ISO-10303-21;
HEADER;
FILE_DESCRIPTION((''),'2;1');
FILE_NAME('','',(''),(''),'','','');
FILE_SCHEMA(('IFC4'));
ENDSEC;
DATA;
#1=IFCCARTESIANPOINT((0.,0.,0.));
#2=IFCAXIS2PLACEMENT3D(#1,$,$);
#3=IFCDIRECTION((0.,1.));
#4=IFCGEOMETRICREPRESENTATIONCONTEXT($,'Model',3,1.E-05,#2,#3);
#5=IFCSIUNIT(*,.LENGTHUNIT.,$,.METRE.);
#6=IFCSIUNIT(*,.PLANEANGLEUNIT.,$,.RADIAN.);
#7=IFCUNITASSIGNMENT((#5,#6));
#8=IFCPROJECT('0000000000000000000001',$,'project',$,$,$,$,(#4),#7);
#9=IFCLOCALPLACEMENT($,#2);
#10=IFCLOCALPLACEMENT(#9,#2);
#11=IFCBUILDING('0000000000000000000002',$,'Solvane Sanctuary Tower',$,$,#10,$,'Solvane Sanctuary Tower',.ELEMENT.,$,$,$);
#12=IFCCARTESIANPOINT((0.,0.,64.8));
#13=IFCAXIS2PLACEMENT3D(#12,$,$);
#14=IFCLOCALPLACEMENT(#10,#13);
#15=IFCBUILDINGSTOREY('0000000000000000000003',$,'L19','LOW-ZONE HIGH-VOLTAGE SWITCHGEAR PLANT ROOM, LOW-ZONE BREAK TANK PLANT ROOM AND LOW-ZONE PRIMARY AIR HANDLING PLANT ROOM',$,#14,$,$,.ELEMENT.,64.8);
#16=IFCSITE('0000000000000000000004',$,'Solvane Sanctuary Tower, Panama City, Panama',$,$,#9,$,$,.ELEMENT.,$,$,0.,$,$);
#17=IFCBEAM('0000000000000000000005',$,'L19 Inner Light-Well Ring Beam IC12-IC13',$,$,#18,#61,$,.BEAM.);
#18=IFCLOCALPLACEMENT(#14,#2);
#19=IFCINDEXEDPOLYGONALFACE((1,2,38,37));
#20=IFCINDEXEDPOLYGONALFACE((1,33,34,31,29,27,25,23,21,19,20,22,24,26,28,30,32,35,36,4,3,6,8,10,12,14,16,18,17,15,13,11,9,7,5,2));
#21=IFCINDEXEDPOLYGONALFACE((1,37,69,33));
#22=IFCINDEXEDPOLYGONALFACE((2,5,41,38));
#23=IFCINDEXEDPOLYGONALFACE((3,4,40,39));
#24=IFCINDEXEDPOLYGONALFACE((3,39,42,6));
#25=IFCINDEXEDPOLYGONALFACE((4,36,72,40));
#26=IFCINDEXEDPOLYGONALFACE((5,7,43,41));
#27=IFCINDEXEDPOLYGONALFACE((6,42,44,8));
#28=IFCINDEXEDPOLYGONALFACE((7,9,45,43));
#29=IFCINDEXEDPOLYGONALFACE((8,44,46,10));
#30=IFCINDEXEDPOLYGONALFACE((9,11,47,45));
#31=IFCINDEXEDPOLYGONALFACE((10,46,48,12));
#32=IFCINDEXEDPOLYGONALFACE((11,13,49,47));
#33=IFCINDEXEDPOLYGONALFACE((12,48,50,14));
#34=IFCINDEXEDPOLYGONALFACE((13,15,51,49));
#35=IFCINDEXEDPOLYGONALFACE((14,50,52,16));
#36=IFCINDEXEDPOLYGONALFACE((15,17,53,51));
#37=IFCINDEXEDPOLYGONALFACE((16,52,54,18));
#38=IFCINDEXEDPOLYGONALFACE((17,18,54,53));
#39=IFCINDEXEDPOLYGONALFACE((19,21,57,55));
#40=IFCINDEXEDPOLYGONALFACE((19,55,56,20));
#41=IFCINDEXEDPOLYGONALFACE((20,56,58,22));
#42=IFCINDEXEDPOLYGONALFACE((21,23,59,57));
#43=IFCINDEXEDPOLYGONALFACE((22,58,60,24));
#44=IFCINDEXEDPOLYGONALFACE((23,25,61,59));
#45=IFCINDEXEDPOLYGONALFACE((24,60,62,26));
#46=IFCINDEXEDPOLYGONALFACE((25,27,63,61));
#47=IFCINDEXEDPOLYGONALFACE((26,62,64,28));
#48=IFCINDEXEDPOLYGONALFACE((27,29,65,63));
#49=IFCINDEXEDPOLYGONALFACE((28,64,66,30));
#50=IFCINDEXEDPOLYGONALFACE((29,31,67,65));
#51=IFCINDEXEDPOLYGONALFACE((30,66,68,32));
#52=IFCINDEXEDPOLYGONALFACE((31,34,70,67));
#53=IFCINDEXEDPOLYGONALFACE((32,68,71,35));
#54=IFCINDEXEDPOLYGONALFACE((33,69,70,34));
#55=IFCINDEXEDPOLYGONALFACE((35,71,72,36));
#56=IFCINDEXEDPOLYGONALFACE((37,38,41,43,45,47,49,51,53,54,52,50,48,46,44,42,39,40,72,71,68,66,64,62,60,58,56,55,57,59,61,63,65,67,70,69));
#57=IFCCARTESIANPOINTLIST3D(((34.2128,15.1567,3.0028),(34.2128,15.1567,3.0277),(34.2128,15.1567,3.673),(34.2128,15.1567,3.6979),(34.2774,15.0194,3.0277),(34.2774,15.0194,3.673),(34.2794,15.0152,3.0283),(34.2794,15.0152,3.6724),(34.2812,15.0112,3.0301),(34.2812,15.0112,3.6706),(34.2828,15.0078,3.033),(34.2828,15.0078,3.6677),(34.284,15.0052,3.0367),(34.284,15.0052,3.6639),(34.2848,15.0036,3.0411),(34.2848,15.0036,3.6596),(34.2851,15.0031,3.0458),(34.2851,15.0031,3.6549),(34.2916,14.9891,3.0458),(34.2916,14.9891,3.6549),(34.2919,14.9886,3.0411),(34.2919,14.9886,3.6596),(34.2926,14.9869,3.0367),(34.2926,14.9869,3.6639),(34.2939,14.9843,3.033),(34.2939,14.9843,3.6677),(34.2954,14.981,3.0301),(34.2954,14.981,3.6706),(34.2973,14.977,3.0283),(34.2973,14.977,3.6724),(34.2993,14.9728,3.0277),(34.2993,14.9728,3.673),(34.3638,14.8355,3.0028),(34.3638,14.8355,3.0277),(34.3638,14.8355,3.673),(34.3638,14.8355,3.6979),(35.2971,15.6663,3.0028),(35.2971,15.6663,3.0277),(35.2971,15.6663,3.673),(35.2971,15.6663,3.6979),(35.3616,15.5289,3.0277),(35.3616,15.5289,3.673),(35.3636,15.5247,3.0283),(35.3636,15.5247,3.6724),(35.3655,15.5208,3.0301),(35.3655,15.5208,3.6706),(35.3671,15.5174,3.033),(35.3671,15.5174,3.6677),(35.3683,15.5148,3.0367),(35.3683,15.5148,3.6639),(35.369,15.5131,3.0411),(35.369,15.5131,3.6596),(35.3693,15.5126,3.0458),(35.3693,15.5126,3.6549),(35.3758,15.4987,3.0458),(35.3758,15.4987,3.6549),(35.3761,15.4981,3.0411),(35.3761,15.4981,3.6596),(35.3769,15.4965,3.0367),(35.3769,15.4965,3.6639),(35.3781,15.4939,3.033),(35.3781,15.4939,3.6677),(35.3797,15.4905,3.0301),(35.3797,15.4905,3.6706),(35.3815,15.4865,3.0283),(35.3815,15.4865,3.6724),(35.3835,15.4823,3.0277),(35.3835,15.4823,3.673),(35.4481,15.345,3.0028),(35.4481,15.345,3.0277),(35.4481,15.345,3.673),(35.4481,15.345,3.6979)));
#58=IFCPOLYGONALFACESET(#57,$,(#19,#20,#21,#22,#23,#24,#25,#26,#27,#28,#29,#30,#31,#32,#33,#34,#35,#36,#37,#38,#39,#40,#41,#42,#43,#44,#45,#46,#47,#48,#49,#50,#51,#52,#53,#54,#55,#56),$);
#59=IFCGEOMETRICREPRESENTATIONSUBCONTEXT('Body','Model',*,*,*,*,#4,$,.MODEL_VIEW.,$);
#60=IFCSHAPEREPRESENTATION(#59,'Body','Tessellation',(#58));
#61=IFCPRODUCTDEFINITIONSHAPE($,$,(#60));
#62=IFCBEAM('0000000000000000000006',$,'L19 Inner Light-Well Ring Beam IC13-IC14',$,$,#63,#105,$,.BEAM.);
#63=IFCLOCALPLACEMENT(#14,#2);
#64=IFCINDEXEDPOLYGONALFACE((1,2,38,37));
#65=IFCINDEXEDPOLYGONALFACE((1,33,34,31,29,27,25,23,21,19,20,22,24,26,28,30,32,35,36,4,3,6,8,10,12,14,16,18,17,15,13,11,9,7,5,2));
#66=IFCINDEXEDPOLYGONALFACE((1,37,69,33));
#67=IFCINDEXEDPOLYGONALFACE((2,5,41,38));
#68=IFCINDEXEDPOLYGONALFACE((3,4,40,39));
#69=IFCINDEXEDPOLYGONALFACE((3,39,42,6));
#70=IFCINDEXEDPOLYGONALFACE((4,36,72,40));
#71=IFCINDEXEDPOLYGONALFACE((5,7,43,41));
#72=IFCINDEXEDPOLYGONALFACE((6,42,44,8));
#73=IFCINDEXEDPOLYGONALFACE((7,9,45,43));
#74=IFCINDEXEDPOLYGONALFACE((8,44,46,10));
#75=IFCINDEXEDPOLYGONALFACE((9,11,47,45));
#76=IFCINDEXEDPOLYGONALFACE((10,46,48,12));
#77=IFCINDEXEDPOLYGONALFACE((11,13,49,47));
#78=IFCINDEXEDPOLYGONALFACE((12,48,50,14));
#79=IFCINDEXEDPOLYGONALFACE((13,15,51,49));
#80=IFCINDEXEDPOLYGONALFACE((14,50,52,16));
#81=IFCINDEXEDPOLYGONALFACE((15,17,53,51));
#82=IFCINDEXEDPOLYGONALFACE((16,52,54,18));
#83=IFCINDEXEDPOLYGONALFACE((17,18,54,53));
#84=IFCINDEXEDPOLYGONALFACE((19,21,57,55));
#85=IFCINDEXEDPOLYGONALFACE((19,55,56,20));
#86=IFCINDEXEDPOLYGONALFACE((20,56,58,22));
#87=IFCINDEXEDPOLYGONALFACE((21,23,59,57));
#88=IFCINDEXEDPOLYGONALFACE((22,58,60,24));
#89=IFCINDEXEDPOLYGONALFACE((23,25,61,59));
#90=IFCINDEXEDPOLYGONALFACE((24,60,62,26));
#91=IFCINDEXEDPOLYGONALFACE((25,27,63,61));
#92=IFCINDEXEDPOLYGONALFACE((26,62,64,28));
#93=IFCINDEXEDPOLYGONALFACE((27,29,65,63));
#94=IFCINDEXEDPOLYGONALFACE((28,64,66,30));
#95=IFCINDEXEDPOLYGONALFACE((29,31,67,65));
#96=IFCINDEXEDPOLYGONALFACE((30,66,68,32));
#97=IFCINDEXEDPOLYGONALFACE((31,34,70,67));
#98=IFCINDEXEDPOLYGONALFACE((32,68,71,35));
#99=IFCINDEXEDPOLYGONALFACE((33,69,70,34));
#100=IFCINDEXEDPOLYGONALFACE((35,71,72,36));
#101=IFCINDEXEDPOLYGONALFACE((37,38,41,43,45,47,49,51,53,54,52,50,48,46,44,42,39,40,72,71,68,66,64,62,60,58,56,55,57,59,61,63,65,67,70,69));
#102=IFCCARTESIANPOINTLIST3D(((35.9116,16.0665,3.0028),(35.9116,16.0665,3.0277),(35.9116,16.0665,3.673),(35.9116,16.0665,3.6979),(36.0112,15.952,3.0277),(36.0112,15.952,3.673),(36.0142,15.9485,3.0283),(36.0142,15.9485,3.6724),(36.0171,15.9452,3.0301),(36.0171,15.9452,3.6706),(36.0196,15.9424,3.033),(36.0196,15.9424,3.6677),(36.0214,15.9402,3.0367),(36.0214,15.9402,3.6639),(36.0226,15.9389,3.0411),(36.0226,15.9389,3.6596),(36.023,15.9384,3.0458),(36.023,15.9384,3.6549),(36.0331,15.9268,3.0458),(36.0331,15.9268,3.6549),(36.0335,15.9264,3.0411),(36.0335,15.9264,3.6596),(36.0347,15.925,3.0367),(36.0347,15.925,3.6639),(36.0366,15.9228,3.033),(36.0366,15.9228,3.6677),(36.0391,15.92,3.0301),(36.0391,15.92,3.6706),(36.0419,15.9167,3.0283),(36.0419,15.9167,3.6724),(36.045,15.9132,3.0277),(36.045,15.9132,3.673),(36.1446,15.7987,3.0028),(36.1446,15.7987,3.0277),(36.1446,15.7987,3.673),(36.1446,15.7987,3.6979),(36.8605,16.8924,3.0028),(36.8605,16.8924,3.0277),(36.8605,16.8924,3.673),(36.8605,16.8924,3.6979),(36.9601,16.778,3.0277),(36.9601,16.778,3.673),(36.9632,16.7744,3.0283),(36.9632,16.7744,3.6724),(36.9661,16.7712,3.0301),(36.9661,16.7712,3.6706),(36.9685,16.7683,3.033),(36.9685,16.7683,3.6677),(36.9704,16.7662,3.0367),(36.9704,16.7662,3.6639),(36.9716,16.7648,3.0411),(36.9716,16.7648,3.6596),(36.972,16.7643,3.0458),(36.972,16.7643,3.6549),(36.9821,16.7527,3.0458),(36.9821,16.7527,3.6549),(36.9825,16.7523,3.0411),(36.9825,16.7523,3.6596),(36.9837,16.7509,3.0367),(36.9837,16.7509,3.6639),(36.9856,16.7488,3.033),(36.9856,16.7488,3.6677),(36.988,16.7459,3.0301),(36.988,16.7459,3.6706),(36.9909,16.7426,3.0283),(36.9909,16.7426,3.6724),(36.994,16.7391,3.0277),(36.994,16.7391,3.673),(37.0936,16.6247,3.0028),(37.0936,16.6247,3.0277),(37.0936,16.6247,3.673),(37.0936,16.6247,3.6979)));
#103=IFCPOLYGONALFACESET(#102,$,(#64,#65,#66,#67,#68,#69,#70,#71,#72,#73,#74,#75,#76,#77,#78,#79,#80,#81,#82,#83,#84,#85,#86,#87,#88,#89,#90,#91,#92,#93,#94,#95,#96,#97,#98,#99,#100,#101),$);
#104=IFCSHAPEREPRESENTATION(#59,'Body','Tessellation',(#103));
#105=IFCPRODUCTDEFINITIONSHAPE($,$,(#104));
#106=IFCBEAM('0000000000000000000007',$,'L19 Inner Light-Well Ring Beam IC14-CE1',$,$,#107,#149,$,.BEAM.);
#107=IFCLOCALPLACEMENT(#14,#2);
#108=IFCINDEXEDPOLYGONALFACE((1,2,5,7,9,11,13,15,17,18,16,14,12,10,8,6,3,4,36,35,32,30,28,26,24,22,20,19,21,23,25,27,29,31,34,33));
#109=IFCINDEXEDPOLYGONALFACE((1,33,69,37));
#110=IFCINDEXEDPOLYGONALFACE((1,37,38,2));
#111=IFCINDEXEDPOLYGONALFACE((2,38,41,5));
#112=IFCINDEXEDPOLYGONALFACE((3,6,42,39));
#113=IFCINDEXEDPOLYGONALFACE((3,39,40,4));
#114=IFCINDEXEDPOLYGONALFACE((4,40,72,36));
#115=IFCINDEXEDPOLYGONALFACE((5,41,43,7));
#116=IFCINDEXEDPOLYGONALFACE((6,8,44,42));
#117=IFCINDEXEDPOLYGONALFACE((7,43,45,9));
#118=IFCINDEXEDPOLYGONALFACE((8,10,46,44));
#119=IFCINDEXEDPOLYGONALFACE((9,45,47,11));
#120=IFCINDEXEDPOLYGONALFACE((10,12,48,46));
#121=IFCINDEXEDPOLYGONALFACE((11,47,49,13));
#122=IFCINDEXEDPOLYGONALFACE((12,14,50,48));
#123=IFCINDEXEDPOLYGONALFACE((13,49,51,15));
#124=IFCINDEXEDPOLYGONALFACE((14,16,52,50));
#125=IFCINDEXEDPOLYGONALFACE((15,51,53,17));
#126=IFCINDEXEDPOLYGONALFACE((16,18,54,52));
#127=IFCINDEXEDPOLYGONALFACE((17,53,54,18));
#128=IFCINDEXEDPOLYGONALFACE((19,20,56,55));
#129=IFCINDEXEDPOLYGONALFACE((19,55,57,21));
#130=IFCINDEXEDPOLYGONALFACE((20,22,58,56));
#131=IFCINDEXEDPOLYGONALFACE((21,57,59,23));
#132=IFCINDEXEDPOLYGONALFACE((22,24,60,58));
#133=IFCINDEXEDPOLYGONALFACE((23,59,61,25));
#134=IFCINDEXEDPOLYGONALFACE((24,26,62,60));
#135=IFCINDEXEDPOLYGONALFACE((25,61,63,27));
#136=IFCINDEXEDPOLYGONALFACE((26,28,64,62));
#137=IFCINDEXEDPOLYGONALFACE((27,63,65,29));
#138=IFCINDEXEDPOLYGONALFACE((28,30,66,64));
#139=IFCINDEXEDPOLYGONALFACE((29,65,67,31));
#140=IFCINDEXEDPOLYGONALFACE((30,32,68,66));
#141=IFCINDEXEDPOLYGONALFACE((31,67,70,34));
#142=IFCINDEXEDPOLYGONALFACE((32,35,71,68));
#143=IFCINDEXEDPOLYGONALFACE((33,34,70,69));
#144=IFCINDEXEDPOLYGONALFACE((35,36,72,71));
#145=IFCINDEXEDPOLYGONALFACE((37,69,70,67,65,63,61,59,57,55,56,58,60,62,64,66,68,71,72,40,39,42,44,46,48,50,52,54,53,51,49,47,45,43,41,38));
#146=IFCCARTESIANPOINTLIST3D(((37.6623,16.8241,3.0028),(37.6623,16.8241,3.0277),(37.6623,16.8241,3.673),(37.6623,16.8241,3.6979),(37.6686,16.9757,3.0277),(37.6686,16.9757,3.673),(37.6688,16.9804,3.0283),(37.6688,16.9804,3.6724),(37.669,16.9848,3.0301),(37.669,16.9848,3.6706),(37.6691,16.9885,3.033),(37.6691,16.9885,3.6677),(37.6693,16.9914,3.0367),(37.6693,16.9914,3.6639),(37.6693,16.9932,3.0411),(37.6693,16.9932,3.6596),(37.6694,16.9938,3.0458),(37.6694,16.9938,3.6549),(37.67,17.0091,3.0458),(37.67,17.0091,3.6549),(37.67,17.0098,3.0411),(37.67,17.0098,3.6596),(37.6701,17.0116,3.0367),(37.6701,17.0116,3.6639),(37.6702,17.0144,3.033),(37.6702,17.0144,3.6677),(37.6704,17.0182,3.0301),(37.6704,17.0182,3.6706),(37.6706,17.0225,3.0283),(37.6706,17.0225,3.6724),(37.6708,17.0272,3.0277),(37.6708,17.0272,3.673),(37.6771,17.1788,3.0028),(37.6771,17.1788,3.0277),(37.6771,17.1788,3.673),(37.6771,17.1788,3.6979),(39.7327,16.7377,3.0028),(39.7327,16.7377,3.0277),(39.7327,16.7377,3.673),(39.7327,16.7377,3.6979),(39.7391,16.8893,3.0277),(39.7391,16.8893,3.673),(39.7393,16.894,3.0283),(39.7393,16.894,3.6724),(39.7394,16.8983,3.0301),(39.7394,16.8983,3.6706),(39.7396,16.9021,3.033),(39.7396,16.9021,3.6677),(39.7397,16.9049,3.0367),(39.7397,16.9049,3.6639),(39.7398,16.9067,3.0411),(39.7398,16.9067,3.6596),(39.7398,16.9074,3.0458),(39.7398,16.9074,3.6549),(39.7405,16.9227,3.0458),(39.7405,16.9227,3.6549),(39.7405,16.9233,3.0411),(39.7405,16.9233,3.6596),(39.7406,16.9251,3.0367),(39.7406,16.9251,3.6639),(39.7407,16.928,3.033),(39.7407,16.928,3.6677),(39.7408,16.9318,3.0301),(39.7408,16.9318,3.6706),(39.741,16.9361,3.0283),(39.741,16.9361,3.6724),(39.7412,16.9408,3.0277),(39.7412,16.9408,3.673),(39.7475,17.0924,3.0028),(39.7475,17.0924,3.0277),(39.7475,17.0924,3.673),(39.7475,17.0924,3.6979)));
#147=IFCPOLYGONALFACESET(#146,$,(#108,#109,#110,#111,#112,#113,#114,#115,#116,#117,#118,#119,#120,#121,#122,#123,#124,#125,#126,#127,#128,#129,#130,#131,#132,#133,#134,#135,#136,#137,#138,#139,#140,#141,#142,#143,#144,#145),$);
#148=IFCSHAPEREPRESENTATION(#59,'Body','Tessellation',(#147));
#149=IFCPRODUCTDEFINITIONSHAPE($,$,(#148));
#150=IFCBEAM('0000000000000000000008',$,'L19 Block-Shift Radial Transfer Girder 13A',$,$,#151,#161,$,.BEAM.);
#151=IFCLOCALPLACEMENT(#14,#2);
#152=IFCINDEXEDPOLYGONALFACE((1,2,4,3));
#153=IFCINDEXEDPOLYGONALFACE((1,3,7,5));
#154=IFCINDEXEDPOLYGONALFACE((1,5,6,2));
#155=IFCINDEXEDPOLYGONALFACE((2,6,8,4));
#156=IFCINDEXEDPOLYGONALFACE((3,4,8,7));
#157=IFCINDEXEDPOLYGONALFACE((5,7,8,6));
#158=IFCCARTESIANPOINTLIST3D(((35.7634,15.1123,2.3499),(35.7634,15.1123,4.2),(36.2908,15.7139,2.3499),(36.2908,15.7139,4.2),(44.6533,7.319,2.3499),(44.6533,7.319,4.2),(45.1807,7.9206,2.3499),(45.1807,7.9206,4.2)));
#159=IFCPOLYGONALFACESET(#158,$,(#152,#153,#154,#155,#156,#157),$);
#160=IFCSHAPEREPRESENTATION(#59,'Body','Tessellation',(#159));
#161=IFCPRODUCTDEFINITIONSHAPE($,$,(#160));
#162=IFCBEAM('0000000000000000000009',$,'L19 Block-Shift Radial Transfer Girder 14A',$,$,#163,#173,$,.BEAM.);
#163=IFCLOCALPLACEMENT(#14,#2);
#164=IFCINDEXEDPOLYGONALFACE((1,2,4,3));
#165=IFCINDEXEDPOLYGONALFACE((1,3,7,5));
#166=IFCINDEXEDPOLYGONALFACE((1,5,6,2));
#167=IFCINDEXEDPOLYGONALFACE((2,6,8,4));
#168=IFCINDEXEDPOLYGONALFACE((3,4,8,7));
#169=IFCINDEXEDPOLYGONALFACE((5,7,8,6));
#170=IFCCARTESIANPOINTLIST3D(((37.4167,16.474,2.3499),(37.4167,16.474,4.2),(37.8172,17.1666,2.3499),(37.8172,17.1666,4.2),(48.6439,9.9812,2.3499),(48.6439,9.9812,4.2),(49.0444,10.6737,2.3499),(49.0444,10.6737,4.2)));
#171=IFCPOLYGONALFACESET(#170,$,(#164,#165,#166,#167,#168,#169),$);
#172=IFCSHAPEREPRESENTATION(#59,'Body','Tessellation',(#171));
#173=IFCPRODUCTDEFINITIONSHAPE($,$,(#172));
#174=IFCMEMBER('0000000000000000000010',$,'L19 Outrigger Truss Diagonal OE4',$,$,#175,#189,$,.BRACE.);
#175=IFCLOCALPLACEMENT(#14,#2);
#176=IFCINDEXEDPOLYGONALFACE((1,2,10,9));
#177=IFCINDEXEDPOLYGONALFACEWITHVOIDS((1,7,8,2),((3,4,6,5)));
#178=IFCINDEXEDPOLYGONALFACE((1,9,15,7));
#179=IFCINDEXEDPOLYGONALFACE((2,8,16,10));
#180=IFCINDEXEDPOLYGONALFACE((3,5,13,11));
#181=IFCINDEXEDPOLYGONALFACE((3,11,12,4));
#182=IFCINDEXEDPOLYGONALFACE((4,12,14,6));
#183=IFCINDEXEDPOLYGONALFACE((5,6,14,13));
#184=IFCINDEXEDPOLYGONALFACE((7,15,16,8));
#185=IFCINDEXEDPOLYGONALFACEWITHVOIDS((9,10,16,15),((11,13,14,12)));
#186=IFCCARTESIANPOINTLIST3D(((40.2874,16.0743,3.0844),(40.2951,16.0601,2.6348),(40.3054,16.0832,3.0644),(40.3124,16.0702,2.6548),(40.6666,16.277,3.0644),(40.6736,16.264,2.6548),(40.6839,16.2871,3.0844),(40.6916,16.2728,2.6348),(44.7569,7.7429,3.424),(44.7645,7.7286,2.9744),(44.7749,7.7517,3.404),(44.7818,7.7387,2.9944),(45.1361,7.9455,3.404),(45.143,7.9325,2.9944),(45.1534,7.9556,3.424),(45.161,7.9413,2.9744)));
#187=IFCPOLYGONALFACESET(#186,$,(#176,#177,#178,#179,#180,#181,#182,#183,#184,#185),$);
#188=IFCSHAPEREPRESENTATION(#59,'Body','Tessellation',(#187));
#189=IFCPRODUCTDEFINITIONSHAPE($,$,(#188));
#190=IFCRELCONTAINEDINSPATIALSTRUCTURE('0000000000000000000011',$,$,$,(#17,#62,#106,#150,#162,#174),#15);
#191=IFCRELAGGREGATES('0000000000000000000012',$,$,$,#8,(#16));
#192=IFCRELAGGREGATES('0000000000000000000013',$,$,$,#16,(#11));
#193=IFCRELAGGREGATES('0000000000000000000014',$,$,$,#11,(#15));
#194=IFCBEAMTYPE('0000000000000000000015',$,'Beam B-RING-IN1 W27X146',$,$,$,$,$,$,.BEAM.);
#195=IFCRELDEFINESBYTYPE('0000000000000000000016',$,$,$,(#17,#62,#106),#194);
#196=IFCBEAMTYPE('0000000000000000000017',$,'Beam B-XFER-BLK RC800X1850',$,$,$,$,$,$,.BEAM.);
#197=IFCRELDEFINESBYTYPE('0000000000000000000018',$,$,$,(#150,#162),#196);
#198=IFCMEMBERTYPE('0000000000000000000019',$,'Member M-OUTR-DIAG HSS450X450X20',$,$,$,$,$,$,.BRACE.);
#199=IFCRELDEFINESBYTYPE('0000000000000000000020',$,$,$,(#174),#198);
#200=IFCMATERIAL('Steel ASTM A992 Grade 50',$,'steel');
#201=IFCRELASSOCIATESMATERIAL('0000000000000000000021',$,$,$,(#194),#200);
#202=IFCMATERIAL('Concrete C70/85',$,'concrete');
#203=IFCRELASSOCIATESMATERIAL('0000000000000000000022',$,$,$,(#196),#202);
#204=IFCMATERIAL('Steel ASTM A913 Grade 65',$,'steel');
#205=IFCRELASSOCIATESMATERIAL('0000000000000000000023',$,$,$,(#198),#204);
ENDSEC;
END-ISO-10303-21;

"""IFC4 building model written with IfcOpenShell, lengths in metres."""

from ifc_helpers import new_model, si_unit, direction, frame, origin, origin_2d, place, context, subcontext, project, spatial, rectangle, hollow_rectangle, i_section, extrude, material, material_profile, profile_set, type_object, element, save


model = new_model("IFC4")

# Units and contexts
model_context = context("Model", 3, precision=1e-05, world=origin(), true_north=direction((0.0, 1.0)))
body_context = subcontext(model_context, "Body", "Model", "MODEL_VIEW")
ifc_project = project(units=[si_unit("LENGTHUNIT", "METRE"), si_unit("PLANEANGLEUNIT", "RADIAN")], contexts=[model_context])

# Site, building, storey
site_placement = place(None, origin())
site = spatial("IfcSite", under=ifc_project, at=site_placement, Name="Solvane Sanctuary Tower, Panama City, Panama", CompositionType="ELEMENT", RefElevation=0.0)
building_placement = place(site_placement, origin())
building = spatial("IfcBuilding", under=site, at=building_placement, Name="Solvane Sanctuary Tower", LongName="Solvane Sanctuary Tower", CompositionType="ELEMENT")
storey_placement = place(building_placement, frame((0.0, 0.0, 64.8)))
storey = spatial("IfcBuildingStorey", under=building, at=storey_placement, Name="L19", Description="LOW-ZONE HIGH-VOLTAGE SWITCHGEAR PLANT ROOM, LOW-ZONE BREAK TANK PLANT ROOM AND LOW-ZONE PRIMARY AIR HANDLING PLANT ROOM", CompositionType="ELEMENT", Elevation=64.8)

# Shared definitions
ifc_material_1 = material(Name="Concrete C70/85", Category="concrete")

# Beams
ifc_material_2 = material(Name="Steel ASTM A913 Grade 65", Category="steel")
ifc_material_3 = material(Name="Steel ASTM A992 Grade 50", Category="steel")
ifc_material_profile_1 = material_profile(ifc_material_3, i_section(OverallWidth=0.355, OverallDepth=0.6951, WebThickness=0.0154, FlangeThickness=0.0249, FilletRadius=0.0181, at=origin_2d()), Name="W27X146")
ifc_profile_set_1 = profile_set([ifc_material_profile_1], Name="Steel ASTM A992 Grade 50")
beam_type_1 = type_object("IfcBeamType", Name="Beam B-RING-IN1 W27X146", PredefinedType="BEAM", material=ifc_profile_set_1)
beam_1_placement = place(storey_placement, frame((34.2883, 14.9961, 3.3503), z_axis=(0.905045, 0.425316, 0.0), x_axis=(-0.425316, 0.905045, 0.0)))
element("IfcBeam", 1, at=beam_1_placement, inside=storey, type_object=beam_type_1, Name="L19 Inner Light-Well Ring Beam IC12-IC13", PredefinedType="BEAM", context=body_context, shape_type="SweptSolid", body=[
    extrude(i_section(OverallWidth=0.355, OverallDepth=0.6951, WebThickness=0.0154, FlangeThickness=0.0249, FilletRadius=0.0181, at=origin_2d()), origin(), (0.0, 0.0, 1.0), 1.198),
])
beam_2_placement = place(storey_placement, frame((36.0281, 15.9326, 3.3503), z_axis=(0.754317, 0.65651, 0.0), x_axis=(-0.65651, 0.754317, 0.0)))
element("IfcBeam", 2, at=beam_2_placement, inside=storey, type_object=beam_type_1, Name="L19 Inner Light-Well Ring Beam IC13-IC14", PredefinedType="BEAM", context=body_context, shape_type="SweptSolid", body=[
    extrude(i_section(OverallWidth=0.355, OverallDepth=0.6951, WebThickness=0.0154, FlangeThickness=0.0249, FilletRadius=0.0181, at=origin_2d()), origin(), (0.0, 0.0, 1.0), 1.2581),
])
beam_3_placement = place(storey_placement, frame((37.6697, 17.0015, 3.3503), z_axis=(0.99913, -0.041704, 0.0), x_axis=(0.041704, 0.99913, 0.0)))
element("IfcBeam", 3, at=beam_3_placement, inside=storey, type_object=beam_type_1, Name="L19 Inner Light-Well Ring Beam IC14-CE1", PredefinedType="BEAM", context=body_context, shape_type="SweptSolid", body=[
    extrude(i_section(OverallWidth=0.355, OverallDepth=0.6951, WebThickness=0.0154, FlangeThickness=0.0249, FilletRadius=0.0181, at=origin_2d()), origin(), (0.0, 0.0, 1.0), 2.0723),
])
ifc_material_profile_2 = material_profile(ifc_material_1, rectangle(XDim=0.8, YDim=1.8501, at=origin_2d()), Name="RC800X1850")
ifc_profile_set_2 = profile_set([ifc_material_profile_2], Name="Concrete C70/85")
beam_type_2 = type_object("IfcBeamType", Name="Beam B-XFER-BLK RC800X1850", PredefinedType="BEAM", material=ifc_profile_set_2)
beam_4_placement = place(storey_placement, frame((36.0271, 15.4131, 3.2749), z_axis=(0.751966, -0.659202, 0.0), x_axis=(0.659202, 0.751966, 0.0)))
element("IfcBeam", 4, at=beam_4_placement, inside=storey, type_object=beam_type_2, Name="L19 Block-Shift Radial Transfer Girder 13A", PredefinedType="BEAM", context=body_context, shape_type="SweptSolid", body=[
    extrude(rectangle(XDim=0.8, YDim=1.8501, at=origin_2d()), origin(), (0.0, 0.0, 1.0), 11.8223),
])
beam_5_placement = place(storey_placement, frame((37.6169, 16.8203, 3.2749), z_axis=(0.865663, -0.500627, 0.0), x_axis=(0.500627, 0.865663, 0.0)))
element("IfcBeam", 5, at=beam_5_placement, inside=storey, type_object=beam_type_2, Name="L19 Block-Shift Radial Transfer Girder 14A", PredefinedType="BEAM", context=body_context, shape_type="SweptSolid", body=[
    extrude(rectangle(XDim=0.8, YDim=1.8501, at=origin_2d()), origin(), (0.0, 0.0, 1.0), 12.9695),
])

# Member
ifc_material_profile_3 = material_profile(ifc_material_2, hollow_rectangle(XDim=0.45, YDim=0.45, WallThickness=0.02, at=origin_2d()), Name="HSS450X450X20")
ifc_profile_set_3 = profile_set([ifc_material_profile_3], Name="Steel ASTM A913 Grade 65")
member_type = type_object("IfcMemberType", Name="Member M-OUTR-DIAG HSS450X450X20", PredefinedType="BRACE", material=ifc_profile_set_3)
member_placement = place(storey_placement, frame((40.4895, 16.1736, 2.8596), z_axis=(0.472423, -0.880641, 0.035896), x_axis=(0.881209, 0.472727, 0.0)))
element("IfcMember", 6, at=member_placement, inside=storey, type_object=member_type, Name="L19 Outrigger Truss Diagonal OE4", PredefinedType="BRACE", context=body_context, shape_type="SweptSolid", body=[
    extrude(hollow_rectangle(XDim=0.45, YDim=0.45, WallThickness=0.02, at=origin_2d()), origin(), (0.0, 0.0, 1.0), 9.4607),
])

save(model, "model.ifc")
